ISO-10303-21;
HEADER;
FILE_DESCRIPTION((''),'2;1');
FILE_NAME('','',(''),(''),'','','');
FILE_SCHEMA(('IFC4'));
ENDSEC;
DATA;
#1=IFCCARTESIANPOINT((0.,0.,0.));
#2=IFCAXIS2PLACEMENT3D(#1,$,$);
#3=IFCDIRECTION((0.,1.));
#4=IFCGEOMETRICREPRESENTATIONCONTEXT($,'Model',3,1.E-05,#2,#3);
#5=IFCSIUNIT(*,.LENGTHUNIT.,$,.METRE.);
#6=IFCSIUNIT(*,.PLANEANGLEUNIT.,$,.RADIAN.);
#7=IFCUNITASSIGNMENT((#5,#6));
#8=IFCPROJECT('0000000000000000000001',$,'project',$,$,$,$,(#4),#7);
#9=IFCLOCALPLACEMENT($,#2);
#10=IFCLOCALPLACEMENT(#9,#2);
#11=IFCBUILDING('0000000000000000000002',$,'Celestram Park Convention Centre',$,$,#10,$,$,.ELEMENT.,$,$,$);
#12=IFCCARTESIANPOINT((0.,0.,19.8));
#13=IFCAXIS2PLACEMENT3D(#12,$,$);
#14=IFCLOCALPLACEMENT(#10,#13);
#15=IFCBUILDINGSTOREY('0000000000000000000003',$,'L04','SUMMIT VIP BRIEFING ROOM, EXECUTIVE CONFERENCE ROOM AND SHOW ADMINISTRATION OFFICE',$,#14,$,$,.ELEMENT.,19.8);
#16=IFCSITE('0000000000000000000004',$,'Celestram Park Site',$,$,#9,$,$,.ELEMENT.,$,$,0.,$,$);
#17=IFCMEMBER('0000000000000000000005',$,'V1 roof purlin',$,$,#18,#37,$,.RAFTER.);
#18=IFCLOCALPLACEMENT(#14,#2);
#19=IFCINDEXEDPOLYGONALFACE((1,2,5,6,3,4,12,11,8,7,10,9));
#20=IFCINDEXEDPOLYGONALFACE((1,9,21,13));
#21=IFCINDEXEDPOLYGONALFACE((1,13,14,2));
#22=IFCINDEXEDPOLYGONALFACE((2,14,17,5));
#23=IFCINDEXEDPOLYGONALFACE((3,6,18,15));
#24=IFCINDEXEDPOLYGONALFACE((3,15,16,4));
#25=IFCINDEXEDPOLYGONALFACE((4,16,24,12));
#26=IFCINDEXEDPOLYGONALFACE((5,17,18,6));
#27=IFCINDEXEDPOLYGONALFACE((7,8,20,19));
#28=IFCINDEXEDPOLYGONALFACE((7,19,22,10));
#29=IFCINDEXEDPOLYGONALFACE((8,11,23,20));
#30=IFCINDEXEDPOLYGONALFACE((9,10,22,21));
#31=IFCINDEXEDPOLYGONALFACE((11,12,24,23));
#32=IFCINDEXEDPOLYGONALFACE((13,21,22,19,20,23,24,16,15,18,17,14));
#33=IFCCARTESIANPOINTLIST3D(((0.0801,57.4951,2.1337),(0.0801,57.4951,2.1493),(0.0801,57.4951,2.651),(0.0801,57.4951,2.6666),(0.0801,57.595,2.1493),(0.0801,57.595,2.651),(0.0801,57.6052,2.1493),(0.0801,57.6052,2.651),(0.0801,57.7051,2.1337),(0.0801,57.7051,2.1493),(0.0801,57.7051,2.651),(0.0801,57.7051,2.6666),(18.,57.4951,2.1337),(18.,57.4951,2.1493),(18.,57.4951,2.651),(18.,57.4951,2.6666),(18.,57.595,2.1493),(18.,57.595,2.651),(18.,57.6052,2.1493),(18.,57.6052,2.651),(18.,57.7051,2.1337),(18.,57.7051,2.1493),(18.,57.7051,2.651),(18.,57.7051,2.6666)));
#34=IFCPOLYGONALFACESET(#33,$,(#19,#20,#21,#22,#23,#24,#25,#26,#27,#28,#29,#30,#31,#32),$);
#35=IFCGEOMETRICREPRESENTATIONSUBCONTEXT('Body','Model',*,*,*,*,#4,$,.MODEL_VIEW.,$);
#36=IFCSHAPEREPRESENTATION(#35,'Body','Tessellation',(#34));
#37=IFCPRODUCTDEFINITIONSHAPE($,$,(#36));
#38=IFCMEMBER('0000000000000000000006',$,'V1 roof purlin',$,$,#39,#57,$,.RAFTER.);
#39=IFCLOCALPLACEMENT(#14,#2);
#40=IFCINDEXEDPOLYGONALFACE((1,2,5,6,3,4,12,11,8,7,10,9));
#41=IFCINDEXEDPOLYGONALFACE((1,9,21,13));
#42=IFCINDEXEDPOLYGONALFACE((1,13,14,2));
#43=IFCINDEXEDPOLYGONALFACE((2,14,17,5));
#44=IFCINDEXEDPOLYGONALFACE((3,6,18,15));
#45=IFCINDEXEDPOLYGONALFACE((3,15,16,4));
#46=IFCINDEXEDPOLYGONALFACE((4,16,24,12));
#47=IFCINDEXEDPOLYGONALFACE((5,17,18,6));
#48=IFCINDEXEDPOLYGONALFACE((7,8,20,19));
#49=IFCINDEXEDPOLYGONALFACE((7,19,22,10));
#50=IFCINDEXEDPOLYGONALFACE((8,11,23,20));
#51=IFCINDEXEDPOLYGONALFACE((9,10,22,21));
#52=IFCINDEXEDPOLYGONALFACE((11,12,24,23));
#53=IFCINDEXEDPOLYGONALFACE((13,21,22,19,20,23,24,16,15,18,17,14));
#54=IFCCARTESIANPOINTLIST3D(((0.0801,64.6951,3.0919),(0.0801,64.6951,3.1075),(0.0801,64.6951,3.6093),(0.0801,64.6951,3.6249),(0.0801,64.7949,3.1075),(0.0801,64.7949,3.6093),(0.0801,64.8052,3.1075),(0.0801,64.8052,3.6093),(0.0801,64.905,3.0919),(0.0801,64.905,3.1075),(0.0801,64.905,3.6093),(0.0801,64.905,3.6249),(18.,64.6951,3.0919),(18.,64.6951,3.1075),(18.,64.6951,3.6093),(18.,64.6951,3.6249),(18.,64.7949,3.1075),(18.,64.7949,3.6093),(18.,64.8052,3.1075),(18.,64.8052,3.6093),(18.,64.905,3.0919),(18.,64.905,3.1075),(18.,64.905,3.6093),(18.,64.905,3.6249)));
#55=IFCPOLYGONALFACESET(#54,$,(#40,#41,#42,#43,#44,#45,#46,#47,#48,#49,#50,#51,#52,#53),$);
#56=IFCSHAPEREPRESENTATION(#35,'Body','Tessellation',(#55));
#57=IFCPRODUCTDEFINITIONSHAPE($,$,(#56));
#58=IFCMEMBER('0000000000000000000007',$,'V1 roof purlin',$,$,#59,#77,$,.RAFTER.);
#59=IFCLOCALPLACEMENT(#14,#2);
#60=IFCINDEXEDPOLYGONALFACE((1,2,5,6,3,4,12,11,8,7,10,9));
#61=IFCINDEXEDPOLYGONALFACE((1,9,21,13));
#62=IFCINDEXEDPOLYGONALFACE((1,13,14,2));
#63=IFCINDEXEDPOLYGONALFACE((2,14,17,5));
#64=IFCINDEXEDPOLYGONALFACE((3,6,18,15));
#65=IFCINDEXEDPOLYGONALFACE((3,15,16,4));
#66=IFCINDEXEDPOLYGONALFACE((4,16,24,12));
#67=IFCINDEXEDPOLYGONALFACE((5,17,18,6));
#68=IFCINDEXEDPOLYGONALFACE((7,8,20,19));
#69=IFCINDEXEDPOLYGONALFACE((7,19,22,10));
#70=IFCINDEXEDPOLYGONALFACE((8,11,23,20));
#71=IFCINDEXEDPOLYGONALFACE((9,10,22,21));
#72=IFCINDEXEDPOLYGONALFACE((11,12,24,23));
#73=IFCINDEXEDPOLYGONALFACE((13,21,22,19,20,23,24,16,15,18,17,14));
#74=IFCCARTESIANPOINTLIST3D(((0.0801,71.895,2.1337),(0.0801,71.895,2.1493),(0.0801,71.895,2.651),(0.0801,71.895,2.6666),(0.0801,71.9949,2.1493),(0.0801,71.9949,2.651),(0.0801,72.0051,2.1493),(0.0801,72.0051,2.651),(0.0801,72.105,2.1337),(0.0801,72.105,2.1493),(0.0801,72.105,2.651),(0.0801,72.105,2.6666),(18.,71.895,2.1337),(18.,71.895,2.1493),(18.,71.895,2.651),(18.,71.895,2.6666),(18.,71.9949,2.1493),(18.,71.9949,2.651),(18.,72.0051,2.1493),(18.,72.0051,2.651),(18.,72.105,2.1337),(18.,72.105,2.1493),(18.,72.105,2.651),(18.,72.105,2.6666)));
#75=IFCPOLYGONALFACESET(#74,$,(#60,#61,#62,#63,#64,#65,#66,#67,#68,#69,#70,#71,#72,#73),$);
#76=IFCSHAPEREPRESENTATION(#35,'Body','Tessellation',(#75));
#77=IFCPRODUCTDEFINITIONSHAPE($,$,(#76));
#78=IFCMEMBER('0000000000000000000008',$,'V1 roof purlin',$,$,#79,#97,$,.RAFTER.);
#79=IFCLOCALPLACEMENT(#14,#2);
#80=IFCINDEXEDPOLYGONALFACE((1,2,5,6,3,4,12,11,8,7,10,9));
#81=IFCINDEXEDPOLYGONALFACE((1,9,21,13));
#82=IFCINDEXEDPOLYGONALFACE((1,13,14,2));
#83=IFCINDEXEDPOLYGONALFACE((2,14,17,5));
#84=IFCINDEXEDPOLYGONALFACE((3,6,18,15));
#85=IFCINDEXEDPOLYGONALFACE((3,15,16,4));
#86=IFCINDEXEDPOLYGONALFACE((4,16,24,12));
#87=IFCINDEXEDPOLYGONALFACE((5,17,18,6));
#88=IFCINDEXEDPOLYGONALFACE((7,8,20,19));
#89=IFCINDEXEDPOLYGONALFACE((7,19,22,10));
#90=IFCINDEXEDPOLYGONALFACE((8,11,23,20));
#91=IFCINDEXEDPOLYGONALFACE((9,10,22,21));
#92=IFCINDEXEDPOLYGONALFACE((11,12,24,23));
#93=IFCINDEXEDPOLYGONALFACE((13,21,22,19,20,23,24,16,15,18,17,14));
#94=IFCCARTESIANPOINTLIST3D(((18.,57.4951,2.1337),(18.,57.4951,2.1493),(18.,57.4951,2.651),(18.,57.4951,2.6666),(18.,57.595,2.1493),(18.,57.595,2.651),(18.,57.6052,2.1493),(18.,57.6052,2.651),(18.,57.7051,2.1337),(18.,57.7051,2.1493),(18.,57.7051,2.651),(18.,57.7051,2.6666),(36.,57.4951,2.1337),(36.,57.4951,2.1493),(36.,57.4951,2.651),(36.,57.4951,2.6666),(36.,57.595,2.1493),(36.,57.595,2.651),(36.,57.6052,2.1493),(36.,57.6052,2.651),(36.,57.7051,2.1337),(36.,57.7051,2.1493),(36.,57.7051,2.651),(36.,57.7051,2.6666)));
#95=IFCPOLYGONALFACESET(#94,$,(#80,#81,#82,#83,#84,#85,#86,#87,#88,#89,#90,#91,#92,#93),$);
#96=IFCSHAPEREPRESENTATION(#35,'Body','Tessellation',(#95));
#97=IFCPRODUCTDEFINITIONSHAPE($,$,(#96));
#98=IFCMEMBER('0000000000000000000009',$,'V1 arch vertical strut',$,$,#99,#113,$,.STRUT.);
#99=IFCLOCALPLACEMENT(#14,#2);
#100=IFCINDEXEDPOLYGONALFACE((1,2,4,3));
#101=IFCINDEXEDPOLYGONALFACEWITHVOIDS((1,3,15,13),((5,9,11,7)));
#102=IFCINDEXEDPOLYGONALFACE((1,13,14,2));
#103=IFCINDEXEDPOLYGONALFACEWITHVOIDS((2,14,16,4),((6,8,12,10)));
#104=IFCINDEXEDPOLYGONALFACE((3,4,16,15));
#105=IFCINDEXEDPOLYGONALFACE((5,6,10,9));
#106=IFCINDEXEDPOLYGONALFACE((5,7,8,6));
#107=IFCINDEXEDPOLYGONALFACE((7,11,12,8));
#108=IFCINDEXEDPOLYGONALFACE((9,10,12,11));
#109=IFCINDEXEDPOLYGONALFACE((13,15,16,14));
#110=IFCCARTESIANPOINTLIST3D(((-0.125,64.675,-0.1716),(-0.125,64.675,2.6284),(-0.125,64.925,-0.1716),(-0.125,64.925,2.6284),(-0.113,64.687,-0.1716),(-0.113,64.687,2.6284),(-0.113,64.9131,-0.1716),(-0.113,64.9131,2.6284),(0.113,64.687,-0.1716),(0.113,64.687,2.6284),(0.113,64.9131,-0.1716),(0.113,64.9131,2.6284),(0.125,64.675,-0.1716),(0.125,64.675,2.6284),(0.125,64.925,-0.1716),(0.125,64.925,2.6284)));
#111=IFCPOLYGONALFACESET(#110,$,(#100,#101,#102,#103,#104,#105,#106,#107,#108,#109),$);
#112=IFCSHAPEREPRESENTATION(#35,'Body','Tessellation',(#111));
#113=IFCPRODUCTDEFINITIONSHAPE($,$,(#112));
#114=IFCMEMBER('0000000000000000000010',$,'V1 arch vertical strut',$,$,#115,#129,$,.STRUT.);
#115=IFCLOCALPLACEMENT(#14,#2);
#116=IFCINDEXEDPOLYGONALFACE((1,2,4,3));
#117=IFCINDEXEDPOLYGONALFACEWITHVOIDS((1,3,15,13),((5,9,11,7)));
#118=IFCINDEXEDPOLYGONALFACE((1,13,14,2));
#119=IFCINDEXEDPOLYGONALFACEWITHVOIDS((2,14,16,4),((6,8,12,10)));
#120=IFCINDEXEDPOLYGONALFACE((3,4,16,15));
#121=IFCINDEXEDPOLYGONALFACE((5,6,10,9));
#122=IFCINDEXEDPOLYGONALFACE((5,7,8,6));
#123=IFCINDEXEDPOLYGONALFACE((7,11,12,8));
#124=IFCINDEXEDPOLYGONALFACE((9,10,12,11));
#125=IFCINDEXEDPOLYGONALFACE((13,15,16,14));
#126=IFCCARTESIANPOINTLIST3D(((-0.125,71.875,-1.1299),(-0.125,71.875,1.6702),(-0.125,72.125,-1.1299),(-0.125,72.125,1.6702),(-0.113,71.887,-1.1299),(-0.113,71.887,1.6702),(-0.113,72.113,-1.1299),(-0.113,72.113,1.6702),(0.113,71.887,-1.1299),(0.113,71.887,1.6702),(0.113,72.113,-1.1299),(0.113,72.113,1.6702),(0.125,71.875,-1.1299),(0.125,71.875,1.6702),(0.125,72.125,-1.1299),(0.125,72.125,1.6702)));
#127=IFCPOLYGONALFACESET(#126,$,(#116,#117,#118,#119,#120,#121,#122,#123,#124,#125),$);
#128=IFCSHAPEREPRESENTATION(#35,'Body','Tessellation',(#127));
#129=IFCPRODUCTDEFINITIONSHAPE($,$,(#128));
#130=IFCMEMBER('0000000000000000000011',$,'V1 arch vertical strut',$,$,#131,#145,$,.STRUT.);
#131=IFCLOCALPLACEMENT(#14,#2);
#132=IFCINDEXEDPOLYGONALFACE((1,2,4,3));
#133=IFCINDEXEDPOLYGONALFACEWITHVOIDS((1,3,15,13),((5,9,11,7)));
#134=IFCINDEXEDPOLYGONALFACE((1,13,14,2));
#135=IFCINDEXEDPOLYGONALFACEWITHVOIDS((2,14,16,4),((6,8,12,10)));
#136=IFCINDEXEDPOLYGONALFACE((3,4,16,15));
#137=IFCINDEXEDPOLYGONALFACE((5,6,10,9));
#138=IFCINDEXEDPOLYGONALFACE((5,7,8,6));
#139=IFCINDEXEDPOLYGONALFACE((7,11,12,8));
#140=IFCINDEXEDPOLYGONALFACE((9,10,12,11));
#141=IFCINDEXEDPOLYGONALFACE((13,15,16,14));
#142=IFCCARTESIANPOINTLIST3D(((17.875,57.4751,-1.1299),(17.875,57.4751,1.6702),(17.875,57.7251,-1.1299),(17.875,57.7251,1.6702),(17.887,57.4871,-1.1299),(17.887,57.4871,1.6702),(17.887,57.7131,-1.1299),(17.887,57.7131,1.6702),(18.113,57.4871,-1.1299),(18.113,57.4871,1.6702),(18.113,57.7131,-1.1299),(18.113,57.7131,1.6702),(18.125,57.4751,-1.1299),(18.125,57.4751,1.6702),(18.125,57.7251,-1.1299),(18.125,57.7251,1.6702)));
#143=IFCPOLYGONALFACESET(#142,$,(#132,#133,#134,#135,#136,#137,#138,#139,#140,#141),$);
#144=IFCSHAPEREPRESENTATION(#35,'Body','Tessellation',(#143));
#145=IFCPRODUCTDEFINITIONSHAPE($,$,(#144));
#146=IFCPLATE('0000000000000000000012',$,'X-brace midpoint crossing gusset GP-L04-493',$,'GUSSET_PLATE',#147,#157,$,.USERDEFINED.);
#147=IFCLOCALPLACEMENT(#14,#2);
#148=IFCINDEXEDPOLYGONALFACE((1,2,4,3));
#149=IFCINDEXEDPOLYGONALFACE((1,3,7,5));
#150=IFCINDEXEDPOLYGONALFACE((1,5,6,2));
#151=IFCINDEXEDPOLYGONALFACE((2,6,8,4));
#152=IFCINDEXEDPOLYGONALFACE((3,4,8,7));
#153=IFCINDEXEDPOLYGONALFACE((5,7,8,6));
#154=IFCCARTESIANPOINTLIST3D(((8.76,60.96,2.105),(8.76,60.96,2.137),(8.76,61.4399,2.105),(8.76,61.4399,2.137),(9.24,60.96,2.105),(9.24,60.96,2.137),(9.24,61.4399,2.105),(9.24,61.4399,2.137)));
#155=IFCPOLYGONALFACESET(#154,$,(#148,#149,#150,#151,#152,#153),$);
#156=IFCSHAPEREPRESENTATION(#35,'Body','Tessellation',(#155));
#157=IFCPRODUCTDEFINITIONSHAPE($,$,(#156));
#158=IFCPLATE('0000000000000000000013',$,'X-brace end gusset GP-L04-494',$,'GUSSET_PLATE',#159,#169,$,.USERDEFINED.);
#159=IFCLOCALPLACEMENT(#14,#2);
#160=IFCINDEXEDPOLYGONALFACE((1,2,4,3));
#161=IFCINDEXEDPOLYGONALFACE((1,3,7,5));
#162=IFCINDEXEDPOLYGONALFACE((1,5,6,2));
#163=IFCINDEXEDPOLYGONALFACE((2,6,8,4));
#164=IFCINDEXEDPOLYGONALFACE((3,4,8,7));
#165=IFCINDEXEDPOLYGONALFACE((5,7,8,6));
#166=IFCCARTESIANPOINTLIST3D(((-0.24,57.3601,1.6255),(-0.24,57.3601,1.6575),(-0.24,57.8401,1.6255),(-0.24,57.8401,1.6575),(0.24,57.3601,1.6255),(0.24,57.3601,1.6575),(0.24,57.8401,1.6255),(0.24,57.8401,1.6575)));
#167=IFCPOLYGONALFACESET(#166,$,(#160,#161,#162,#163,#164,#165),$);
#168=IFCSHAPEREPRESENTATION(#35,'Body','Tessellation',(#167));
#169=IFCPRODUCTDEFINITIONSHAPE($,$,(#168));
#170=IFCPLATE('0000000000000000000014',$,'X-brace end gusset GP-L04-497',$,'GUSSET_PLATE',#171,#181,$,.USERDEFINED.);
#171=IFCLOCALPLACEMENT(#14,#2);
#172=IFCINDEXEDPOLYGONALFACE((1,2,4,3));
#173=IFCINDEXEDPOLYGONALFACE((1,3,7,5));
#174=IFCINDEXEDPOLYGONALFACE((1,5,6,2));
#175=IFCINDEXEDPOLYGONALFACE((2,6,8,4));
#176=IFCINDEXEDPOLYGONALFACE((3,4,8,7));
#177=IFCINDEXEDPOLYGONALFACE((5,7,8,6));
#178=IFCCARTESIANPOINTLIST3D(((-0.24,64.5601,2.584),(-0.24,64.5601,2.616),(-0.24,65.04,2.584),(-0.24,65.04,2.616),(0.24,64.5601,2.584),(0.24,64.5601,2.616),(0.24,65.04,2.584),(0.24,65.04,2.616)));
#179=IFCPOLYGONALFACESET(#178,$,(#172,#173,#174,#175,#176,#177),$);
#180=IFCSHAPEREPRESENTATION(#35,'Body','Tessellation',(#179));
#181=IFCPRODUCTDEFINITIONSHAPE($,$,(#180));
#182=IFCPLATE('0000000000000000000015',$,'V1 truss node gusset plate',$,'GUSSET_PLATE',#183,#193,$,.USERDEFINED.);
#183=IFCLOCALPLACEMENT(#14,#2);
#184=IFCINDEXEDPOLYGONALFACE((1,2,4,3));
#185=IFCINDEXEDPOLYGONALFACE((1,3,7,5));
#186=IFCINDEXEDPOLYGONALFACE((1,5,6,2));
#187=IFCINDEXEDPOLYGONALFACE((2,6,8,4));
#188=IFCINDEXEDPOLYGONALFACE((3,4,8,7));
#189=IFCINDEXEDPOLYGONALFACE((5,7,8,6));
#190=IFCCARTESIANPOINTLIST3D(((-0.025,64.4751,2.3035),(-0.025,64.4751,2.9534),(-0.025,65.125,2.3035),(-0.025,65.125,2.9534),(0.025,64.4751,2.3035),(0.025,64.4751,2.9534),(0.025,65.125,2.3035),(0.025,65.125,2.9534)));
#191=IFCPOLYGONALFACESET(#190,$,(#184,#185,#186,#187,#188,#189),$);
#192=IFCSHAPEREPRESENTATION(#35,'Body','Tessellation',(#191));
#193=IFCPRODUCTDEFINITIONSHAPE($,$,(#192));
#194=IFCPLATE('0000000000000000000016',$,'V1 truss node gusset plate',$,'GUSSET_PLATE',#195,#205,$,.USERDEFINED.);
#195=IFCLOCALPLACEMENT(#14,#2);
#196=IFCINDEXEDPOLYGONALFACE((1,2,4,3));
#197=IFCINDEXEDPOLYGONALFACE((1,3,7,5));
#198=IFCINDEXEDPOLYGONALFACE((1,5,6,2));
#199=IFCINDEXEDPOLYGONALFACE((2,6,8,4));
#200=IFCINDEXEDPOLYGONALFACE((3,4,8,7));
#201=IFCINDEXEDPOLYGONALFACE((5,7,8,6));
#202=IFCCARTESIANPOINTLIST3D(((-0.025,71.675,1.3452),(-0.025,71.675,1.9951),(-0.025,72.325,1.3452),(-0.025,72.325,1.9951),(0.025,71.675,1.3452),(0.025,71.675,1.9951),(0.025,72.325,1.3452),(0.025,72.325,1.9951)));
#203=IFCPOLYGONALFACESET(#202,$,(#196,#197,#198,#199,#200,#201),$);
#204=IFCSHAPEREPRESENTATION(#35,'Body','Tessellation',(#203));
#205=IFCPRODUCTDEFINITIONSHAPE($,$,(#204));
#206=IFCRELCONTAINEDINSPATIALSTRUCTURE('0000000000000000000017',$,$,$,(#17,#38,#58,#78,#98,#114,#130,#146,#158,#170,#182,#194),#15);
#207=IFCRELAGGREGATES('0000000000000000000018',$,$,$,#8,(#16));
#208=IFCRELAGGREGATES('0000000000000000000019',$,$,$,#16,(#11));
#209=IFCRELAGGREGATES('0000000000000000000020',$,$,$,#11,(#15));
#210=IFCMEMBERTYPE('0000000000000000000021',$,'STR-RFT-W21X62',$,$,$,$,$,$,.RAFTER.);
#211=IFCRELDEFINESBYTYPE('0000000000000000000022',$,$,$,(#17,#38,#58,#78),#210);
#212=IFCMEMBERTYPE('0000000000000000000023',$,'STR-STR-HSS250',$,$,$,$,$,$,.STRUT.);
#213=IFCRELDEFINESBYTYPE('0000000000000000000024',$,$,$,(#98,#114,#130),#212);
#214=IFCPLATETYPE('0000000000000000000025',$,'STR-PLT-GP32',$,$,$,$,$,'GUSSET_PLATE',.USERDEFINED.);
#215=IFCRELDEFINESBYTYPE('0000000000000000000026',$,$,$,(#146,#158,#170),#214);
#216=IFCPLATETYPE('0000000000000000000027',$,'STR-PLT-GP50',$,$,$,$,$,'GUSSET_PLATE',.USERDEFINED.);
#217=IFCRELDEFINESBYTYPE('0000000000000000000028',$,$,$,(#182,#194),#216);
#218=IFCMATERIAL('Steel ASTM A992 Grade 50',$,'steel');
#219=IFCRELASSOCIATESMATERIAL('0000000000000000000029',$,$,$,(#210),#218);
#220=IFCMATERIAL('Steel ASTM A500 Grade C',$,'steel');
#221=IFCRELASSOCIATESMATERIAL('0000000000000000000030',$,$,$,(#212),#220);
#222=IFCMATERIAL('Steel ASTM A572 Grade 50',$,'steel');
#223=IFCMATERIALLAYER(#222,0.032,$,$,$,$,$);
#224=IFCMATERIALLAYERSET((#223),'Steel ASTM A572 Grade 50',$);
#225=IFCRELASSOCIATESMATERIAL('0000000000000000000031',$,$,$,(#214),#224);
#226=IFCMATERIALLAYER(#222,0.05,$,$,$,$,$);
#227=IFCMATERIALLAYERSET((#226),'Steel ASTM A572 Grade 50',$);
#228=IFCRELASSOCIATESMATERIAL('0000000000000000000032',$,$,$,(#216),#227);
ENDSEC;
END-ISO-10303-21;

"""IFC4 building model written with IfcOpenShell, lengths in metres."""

from ifc_helpers import new_model, si_unit, direction, frame, origin, origin_2d, place, context, subcontext, project, spatial, rectangle, hollow_rectangle, i_section, extrude, material, layer, layer_set, material_profile, profile_set, type_object, element, save


model = new_model("IFC4")

# Units and contexts
model_context = context("Model", 3, precision=1e-05, world=origin(), true_north=direction((0.0, 1.0)))
body_context = subcontext(model_context, "Body", "Model", "MODEL_VIEW")
ifc_project = project(units=[si_unit("LENGTHUNIT", "METRE"), si_unit("PLANEANGLEUNIT", "RADIAN")], contexts=[model_context])

# Site, building, storey
site_placement = place(None, origin())
site = spatial("IfcSite", under=ifc_project, at=site_placement, Name="Celestram Park Site", CompositionType="ELEMENT", RefElevation=0.0)
building_placement = place(site_placement, origin())
building = spatial("IfcBuilding", under=site, at=building_placement, Name="Celestram Park Convention Centre", CompositionType="ELEMENT")
storey_placement = place(building_placement, frame((0.0, 0.0, 19.8)))
storey = spatial("IfcBuildingStorey", under=building, at=storey_placement, Name="L04", Description="SUMMIT VIP BRIEFING ROOM, EXECUTIVE CONFERENCE ROOM AND SHOW ADMINISTRATION OFFICE", CompositionType="ELEMENT", Elevation=19.8)

# Members
ifc_material_1 = material(Name="Steel ASTM A500 Grade C", Category="steel")
ifc_material_2 = material(Name="Steel ASTM A992 Grade 50", Category="steel")
ifc_material_profile_1 = material_profile(ifc_material_2, i_section(OverallWidth=0.21, OverallDepth=0.533, WebThickness=0.0103, FlangeThickness=0.0156, at=origin_2d()), Name="W21X62")
ifc_profile_set_1 = profile_set([ifc_material_profile_1], Name="Steel ASTM A992 Grade 50")
member_type_1 = type_object("IfcMemberType", Name="STR-RFT-W21X62", PredefinedType="RAFTER", material=ifc_profile_set_1)
for number, where, z_axis, x_axis, name in (
    (1, (0.0801, 57.6001, 2.4001), (1.0, 0.0, 0.0), (0.0, 1.0, 0.0), "V1 roof purlin"),
    (2, (0.0801, 64.8, 3.3584), (1.0, 0.0, 0.0), (0.0, 1.0, 0.0), "V1 roof purlin"),
    (3, (0.0801, 72.0, 2.4001), (1.0, 0.0, 0.0), (0.0, 1.0, 0.0), "V1 roof purlin"),
):
    element("IfcMember", number, at=place(storey_placement, frame(where, z_axis=z_axis, x_axis=x_axis)), inside=storey, type_object=member_type_1, Name=name, PredefinedType="RAFTER", context=body_context, shape_type="SweptSolid", body=[
        extrude(i_section(OverallWidth=0.21, OverallDepth=0.533, WebThickness=0.0103, FlangeThickness=0.0156, at=origin_2d()), origin(), (0.0, 0.0, 1.0), 17.9199),
    ])
member_1_placement = place(storey_placement, frame((18.0, 57.6001, 2.4001), z_axis=(1.0, 0.0, 0.0), x_axis=(0.0, 1.0, 0.0)))
element("IfcMember", 4, at=member_1_placement, inside=storey, type_object=member_type_1, Name="V1 roof purlin", PredefinedType="RAFTER", context=body_context, shape_type="SweptSolid", body=[
    extrude(i_section(OverallWidth=0.21, OverallDepth=0.533, WebThickness=0.0103, FlangeThickness=0.0156, at=origin_2d()), origin(), (0.0, 0.0, 1.0), 18.0),
])
ifc_material_profile_2 = material_profile(ifc_material_1, hollow_rectangle(XDim=0.25, YDim=0.25, WallThickness=0.012, at=origin_2d()), Name="HSS250X250X12")
ifc_profile_set_2 = profile_set([ifc_material_profile_2], Name="Steel ASTM A500 Grade C")
member_type_2 = type_object("IfcMemberType", Name="STR-STR-HSS250", PredefinedType="STRUT", material=ifc_profile_set_2)
for number, where, z_axis, x_axis, name in (
    (5, (0.0, 64.8, -0.1716), (0.0, 0.0, 1.0), (1.0, 0.0, 0.0), "V1 arch vertical strut"),
    (6, (0.0, 72.0, -1.1299), (0.0, 0.0, 1.0), (1.0, 0.0, 0.0), "V1 arch vertical strut"),
    (7, (18.0, 57.6001, -1.1299), (0.0, 0.0, 1.0), (1.0, 0.0, 0.0), "V1 arch vertical strut"),
):
    element("IfcMember", number, at=place(storey_placement, frame(where, z_axis=z_axis, x_axis=x_axis)), inside=storey, type_object=member_type_2, Name=name, PredefinedType="STRUT", context=body_context, shape_type="SweptSolid", body=[
        extrude(hollow_rectangle(XDim=0.25, YDim=0.25, WallThickness=0.012, at=origin_2d()), origin(), (0.0, 0.0, 1.0), 2.8),
    ])

# Plates
ifc_material_3 = material(Name="Steel ASTM A572 Grade 50", Category="steel")
ifc_layer_1 = layer(ifc_material_3, 0.032)
ifc_layer_set_1 = layer_set([ifc_layer_1], Name="Steel ASTM A572 Grade 50")
plate_type_1 = type_object("IfcPlateType", Name="STR-PLT-GP32", ElementType="GUSSET_PLATE", PredefinedType="USERDEFINED", material=ifc_layer_set_1)
for number, where, z_axis, x_axis, name in (
    (8, (9.0, 61.2, 2.105), (0.0, 0.0, 1.0), (1.0, 0.0, 0.0), "X-brace midpoint crossing gusset GP-L04-493"),
    (9, (0.0, 57.6001, 1.6255), (0.0, 0.0, 1.0), (1.0, 0.0, 0.0), "X-brace end gusset GP-L04-494"),
    (10, (0.0, 64.8, 2.584), (0.0, 0.0, 1.0), (1.0, 0.0, 0.0), "X-brace end gusset GP-L04-497"),
):
    element("IfcPlate", number, at=place(storey_placement, frame(where, z_axis=z_axis, x_axis=x_axis)), inside=storey, type_object=plate_type_1, Name=name, ObjectType="GUSSET_PLATE", PredefinedType="USERDEFINED", context=body_context, shape_type="SweptSolid", body=[
        extrude(rectangle(XDim=0.48, YDim=0.48, at=origin_2d()), origin(), (0.0, 0.0, 1.0), 0.032),
    ])
ifc_layer_2 = layer(ifc_material_3, 0.05)
ifc_layer_set_2 = layer_set([ifc_layer_2], Name="Steel ASTM A572 Grade 50")
plate_type_2 = type_object("IfcPlateType", Name="STR-PLT-GP50", ElementType="GUSSET_PLATE", PredefinedType="USERDEFINED", material=ifc_layer_set_2)
for number, where, z_axis, x_axis, name in (
    (11, (0.0, 64.8, 2.3035), (0.0, 0.0, 1.0), (0.0, 1.0, 0.0), "V1 truss node gusset plate"),
    (12, (0.0, 72.0, 1.3452), (0.0, 0.0, 1.0), (0.0, 1.0, 0.0), "V1 truss node gusset plate"),
):
    element("IfcPlate", number, at=place(storey_placement, frame(where, z_axis=z_axis, x_axis=x_axis)), inside=storey, type_object=plate_type_2, Name=name, ObjectType="GUSSET_PLATE", PredefinedType="USERDEFINED", context=body_context, shape_type="SweptSolid", body=[
        extrude(rectangle(XDim=0.6499, YDim=0.05, at=origin_2d()), origin(), (0.0, 0.0, 1.0), 0.6499),
    ])

save(model, "model.ifc")
